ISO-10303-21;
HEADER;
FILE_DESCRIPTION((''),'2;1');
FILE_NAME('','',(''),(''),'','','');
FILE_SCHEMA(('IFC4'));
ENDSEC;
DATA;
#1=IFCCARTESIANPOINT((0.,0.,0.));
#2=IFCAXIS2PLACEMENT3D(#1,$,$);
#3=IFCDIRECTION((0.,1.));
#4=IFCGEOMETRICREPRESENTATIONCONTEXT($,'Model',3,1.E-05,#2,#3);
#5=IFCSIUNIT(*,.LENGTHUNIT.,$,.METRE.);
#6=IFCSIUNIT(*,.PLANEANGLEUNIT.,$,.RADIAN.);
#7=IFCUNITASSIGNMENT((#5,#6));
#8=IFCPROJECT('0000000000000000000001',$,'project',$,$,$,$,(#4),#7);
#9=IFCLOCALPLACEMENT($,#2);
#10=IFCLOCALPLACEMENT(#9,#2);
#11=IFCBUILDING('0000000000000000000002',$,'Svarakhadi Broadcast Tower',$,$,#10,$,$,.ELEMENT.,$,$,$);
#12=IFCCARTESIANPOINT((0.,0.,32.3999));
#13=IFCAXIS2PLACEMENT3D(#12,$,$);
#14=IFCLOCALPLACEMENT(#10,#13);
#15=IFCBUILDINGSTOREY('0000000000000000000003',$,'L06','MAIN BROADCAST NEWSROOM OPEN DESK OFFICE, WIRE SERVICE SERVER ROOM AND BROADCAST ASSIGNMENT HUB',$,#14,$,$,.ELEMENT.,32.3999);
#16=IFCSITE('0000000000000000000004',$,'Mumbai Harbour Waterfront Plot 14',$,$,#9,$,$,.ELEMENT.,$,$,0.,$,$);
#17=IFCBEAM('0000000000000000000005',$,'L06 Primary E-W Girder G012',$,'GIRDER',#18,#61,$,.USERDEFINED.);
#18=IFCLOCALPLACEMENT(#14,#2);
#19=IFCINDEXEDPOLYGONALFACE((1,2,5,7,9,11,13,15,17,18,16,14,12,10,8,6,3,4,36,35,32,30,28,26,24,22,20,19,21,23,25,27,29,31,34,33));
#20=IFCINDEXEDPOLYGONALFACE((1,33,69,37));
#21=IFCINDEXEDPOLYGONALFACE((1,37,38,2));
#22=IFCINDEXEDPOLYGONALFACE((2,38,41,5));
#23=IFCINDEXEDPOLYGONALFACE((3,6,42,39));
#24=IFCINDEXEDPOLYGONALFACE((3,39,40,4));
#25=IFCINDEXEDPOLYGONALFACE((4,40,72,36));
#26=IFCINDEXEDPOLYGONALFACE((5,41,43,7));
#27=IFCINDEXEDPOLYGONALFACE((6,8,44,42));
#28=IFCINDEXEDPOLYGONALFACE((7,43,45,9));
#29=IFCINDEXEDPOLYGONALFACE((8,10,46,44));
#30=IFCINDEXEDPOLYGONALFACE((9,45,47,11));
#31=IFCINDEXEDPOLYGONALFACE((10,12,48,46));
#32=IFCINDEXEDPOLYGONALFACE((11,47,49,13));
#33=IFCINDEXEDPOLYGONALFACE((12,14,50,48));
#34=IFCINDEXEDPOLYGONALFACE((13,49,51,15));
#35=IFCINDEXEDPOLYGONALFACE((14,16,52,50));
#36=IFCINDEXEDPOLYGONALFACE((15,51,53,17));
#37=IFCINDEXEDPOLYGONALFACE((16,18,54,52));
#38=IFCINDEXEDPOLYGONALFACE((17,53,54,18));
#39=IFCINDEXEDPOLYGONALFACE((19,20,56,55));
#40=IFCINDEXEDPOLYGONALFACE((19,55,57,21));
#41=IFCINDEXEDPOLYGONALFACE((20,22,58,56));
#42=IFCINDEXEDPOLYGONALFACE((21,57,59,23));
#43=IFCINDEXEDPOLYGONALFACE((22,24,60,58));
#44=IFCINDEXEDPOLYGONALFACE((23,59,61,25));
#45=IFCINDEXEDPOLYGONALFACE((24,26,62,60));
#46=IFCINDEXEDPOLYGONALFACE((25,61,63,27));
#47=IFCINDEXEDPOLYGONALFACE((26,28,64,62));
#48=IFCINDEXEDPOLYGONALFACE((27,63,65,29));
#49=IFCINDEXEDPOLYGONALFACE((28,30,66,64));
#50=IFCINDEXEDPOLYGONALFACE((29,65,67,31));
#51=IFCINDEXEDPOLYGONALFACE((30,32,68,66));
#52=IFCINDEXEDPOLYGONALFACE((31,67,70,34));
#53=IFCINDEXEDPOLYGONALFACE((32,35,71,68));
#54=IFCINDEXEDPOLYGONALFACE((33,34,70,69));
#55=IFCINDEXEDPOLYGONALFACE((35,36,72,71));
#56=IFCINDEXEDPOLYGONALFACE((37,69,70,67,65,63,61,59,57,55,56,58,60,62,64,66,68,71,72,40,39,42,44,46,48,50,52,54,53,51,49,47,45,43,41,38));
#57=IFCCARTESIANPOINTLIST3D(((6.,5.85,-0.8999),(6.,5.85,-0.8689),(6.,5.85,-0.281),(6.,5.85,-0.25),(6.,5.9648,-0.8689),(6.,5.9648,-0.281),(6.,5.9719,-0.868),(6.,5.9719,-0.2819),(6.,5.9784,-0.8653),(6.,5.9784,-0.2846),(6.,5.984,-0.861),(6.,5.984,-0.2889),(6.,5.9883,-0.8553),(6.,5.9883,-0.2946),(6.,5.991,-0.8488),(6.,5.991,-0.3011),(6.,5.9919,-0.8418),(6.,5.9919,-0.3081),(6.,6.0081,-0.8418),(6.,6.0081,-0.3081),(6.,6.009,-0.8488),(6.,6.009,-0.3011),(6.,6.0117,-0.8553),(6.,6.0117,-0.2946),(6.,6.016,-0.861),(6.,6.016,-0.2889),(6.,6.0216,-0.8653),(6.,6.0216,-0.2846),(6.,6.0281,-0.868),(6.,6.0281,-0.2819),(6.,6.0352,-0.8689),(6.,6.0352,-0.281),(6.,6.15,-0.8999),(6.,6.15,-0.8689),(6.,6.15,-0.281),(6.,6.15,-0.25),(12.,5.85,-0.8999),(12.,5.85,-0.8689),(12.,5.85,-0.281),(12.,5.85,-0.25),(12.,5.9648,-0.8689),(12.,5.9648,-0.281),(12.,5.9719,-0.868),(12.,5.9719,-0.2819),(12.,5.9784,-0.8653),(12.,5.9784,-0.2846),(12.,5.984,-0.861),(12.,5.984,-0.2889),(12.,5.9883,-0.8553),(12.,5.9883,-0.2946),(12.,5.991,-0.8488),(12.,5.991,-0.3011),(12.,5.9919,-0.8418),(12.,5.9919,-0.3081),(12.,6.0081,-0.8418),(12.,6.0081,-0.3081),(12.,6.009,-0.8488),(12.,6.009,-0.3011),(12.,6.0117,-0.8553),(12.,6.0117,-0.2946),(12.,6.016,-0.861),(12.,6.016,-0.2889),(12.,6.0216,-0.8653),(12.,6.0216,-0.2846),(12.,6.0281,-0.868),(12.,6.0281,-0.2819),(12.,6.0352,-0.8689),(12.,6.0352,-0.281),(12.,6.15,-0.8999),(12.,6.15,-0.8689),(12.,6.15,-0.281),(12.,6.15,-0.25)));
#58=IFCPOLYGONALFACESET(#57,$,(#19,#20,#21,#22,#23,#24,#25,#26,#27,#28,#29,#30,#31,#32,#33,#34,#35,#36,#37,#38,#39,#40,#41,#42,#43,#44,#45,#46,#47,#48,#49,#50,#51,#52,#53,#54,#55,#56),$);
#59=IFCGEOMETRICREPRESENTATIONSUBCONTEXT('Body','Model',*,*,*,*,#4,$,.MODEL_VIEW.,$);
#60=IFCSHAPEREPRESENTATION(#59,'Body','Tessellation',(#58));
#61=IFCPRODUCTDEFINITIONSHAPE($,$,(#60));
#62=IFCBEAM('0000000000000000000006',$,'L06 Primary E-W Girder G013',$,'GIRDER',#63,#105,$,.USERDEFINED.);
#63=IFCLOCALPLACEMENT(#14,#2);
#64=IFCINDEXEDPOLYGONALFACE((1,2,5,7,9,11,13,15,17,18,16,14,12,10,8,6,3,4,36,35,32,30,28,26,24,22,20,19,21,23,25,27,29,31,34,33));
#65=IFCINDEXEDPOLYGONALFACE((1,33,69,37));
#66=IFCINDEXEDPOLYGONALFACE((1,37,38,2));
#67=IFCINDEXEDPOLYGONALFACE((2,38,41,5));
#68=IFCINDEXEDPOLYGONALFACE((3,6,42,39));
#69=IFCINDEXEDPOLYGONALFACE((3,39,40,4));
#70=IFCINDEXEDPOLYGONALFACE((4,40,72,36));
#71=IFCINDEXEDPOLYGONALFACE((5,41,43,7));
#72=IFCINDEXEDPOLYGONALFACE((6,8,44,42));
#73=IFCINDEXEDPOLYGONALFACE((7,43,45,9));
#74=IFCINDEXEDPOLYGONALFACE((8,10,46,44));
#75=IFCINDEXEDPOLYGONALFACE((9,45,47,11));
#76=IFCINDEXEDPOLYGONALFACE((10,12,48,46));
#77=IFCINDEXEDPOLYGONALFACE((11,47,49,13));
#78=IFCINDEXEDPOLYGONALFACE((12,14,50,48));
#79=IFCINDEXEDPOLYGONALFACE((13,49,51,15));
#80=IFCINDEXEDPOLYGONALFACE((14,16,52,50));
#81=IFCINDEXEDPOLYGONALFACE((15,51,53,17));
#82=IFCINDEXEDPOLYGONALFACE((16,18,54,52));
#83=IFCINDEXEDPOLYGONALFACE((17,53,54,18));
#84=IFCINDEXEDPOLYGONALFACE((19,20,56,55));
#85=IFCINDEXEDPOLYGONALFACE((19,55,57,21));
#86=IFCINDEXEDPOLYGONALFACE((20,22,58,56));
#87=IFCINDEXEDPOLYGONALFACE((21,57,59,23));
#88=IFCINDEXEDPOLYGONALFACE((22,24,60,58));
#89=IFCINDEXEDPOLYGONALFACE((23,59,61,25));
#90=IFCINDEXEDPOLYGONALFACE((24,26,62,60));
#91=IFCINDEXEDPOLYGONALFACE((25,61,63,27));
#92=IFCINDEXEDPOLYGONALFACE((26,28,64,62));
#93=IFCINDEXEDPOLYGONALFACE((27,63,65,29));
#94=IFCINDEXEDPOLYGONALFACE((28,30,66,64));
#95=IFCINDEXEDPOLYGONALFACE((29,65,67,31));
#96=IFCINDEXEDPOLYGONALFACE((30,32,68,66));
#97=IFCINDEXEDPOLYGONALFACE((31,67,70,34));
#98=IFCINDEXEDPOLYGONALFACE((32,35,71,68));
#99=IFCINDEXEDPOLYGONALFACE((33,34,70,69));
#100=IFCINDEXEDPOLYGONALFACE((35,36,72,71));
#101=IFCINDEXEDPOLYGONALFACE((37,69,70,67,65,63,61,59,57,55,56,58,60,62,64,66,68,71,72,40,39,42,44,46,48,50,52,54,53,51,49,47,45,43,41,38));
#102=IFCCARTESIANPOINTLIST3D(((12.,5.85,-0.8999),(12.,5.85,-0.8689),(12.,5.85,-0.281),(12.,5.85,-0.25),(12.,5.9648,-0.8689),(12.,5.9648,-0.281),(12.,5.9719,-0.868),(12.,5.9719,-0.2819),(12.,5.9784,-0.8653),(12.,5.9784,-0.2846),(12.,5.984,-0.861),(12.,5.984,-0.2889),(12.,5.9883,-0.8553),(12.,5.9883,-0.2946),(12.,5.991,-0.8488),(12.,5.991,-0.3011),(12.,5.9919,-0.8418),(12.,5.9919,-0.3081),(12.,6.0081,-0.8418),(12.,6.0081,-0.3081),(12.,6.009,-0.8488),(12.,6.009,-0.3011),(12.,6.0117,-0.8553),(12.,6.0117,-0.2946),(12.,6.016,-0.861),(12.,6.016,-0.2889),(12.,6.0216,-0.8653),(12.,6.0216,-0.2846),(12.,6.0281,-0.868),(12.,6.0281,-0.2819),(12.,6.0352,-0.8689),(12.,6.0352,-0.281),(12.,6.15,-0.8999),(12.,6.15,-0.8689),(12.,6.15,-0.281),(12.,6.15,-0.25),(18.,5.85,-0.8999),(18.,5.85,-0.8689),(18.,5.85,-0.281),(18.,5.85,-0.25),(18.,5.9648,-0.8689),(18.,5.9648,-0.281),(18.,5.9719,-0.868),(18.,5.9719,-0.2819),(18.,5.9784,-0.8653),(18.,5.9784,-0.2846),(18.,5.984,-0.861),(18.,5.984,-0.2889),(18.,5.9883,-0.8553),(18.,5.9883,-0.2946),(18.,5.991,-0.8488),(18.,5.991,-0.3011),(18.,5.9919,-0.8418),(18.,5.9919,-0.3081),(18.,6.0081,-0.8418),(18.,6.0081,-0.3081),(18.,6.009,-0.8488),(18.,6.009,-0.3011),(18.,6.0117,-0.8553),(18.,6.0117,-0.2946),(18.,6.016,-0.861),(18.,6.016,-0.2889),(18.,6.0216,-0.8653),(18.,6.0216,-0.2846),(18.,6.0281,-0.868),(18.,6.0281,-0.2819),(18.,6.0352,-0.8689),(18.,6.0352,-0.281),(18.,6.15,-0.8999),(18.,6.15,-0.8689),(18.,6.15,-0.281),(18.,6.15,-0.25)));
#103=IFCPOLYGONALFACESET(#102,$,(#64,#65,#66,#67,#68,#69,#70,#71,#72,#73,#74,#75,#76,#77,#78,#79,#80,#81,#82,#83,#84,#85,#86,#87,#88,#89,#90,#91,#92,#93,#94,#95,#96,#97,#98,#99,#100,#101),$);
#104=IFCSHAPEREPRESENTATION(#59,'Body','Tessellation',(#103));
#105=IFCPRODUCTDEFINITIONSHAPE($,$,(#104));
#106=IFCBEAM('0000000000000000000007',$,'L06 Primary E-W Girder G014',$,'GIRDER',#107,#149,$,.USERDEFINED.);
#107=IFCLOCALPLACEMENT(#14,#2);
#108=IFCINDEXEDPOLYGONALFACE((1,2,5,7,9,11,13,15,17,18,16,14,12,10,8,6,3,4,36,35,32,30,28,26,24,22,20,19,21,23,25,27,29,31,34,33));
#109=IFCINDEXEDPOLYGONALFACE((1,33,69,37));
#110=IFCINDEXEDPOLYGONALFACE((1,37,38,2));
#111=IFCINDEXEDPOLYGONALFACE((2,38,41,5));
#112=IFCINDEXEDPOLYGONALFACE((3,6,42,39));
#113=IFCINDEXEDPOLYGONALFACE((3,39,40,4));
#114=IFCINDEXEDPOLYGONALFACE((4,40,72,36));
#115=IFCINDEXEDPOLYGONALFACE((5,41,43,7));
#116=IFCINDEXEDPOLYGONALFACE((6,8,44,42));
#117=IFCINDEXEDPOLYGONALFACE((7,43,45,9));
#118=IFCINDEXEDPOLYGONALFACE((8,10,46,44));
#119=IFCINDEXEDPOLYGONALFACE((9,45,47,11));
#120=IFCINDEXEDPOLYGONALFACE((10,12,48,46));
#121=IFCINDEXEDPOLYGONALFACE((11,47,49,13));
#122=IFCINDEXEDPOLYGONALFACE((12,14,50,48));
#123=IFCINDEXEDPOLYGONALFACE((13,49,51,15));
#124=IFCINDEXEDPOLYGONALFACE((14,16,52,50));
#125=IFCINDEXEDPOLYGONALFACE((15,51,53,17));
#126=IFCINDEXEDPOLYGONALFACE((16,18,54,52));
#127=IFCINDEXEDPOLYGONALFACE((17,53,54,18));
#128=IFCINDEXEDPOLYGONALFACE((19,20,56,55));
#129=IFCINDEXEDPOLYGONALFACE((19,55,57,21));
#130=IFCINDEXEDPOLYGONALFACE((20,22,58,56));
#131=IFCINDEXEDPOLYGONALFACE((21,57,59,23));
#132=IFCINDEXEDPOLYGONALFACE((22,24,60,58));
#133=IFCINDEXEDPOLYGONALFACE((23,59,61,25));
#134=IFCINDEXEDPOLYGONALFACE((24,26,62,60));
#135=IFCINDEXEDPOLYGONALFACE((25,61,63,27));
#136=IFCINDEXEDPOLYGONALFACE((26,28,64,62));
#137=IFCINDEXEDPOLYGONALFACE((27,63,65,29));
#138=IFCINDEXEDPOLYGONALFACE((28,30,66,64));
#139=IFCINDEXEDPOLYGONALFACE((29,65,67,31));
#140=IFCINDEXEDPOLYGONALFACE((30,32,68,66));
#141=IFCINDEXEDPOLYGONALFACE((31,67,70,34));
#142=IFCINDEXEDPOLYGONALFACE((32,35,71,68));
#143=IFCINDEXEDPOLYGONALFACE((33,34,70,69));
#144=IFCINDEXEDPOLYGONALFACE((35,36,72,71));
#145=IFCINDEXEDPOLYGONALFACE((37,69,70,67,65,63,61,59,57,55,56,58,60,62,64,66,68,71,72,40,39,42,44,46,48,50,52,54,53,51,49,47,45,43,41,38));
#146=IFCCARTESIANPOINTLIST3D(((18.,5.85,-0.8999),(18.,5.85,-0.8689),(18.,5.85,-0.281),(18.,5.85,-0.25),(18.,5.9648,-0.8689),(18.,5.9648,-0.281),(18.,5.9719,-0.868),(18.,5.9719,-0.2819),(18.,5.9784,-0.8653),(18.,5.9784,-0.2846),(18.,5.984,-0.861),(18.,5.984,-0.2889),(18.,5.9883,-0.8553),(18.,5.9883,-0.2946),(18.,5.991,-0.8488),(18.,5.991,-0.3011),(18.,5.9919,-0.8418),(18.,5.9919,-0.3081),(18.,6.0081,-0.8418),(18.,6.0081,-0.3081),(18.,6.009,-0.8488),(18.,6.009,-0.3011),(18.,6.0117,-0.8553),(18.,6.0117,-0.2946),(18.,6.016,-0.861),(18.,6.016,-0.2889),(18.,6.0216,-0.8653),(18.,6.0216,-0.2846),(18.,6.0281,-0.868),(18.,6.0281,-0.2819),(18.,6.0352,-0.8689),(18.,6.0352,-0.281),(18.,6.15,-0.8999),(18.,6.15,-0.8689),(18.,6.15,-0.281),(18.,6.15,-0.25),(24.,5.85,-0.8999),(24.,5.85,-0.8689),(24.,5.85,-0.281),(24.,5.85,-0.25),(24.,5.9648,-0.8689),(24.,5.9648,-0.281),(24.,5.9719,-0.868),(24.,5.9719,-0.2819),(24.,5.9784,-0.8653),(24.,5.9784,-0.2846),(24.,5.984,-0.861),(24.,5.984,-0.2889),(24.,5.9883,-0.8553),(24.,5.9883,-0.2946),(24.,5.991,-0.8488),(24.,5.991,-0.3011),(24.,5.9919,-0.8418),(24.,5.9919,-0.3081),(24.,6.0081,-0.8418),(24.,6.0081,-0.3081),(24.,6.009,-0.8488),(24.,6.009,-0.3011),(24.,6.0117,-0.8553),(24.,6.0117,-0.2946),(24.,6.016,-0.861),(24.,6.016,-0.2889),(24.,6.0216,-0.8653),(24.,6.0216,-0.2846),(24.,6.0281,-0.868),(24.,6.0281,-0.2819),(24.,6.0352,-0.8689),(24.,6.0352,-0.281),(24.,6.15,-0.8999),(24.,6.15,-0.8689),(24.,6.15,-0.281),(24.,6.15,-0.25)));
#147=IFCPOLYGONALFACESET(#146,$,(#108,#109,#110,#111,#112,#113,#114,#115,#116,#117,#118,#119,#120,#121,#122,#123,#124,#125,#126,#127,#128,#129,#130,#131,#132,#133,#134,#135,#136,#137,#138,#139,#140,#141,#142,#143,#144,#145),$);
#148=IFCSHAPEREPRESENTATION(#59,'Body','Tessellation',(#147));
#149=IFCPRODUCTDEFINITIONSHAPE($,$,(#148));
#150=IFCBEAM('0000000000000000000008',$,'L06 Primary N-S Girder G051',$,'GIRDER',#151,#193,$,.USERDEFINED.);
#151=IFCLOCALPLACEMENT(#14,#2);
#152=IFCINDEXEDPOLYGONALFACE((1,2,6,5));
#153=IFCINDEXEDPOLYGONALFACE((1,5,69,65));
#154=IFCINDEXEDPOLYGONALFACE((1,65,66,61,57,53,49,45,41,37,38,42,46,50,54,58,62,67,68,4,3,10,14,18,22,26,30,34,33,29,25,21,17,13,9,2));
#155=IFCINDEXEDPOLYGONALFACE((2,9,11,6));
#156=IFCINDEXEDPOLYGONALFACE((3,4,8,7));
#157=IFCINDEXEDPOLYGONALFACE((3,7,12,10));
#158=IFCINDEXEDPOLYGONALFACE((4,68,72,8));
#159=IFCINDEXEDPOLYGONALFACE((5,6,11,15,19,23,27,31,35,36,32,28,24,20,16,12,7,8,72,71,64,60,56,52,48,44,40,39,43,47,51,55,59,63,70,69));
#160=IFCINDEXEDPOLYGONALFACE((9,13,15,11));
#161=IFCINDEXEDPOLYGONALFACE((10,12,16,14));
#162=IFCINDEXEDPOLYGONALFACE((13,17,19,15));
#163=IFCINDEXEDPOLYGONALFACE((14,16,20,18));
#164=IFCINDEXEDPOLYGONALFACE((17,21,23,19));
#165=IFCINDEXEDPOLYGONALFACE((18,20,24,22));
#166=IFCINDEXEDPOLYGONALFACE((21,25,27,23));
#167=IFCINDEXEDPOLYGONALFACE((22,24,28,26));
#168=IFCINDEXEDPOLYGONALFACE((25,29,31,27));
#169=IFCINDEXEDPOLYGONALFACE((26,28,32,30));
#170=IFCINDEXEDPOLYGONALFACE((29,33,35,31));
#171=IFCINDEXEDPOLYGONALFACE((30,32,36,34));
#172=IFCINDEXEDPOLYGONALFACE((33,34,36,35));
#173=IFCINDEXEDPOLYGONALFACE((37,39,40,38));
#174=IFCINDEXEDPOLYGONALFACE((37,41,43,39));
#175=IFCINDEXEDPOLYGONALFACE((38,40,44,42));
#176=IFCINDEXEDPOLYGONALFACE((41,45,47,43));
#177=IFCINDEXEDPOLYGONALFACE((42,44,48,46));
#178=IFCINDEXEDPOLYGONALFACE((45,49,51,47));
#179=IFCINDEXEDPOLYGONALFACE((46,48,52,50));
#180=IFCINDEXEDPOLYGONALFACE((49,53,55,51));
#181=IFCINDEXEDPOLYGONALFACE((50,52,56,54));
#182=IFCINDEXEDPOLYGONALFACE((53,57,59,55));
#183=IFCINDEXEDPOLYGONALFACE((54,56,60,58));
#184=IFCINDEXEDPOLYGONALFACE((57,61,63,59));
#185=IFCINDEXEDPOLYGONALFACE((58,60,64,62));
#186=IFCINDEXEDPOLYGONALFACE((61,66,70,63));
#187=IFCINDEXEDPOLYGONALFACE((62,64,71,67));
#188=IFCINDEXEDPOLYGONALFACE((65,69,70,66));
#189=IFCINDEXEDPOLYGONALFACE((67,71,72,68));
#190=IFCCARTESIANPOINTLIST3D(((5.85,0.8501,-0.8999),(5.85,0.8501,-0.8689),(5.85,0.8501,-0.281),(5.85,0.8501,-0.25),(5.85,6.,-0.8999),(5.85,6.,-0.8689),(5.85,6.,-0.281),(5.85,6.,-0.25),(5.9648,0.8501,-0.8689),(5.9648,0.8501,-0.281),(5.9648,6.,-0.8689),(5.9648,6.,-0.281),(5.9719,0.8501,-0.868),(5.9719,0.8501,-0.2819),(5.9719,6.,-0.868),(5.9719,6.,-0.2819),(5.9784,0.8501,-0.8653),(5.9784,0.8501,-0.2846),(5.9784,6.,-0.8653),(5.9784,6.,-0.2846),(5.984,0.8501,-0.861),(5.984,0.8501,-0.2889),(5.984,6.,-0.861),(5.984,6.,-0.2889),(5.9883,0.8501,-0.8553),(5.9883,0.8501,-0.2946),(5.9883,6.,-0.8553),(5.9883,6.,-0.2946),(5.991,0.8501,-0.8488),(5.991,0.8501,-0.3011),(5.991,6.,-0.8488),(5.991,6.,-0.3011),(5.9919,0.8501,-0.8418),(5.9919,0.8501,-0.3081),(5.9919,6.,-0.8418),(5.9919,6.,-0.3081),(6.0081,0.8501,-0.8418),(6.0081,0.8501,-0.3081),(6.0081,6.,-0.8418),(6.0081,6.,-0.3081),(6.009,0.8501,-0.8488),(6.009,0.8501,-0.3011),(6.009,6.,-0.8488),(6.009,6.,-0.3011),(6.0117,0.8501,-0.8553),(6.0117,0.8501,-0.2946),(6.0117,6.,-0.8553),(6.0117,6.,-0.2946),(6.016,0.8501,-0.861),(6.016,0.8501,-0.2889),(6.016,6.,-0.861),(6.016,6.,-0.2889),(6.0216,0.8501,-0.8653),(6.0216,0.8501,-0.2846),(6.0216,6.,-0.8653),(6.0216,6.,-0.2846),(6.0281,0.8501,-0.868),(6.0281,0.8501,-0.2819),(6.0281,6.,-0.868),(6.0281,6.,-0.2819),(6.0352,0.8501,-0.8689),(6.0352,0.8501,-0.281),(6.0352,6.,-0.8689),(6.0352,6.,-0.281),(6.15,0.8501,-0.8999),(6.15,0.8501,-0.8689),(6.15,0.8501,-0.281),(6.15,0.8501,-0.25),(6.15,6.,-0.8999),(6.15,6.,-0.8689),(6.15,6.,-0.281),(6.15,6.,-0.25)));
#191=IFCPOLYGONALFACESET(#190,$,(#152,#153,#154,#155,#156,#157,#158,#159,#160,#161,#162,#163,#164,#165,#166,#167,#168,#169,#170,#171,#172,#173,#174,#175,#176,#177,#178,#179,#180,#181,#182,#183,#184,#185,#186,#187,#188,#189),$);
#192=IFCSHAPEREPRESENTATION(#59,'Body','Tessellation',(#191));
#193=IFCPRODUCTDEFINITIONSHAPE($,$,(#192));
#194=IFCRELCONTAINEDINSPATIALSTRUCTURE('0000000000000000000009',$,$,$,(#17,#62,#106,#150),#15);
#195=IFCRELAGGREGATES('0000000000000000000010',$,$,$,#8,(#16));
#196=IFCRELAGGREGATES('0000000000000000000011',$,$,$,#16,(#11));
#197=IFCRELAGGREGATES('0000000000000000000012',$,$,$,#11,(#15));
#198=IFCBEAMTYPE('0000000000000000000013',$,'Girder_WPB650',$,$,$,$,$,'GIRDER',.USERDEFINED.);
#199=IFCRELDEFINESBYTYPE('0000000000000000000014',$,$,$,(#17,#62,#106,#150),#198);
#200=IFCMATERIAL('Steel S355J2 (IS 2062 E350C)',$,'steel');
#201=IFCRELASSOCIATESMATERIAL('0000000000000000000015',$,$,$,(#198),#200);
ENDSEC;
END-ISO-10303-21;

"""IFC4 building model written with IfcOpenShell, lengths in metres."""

from ifc_helpers import new_model, si_unit, direction, frame, origin, origin_2d, place, context, subcontext, project, spatial, i_section, extrude, material, material_profile, profile_set, type_object, element, save


model = new_model("IFC4")

# Units and contexts
model_context = context("Model", 3, precision=1e-05, world=origin(), true_north=direction((0.0, 1.0)))
body_context = subcontext(model_context, "Body", "Model", "MODEL_VIEW")
ifc_project = project(units=[si_unit("LENGTHUNIT", "METRE"), si_unit("PLANEANGLEUNIT", "RADIAN")], contexts=[model_context])

# Site, building, storey
site_placement = place(None, origin())
site = spatial("IfcSite", under=ifc_project, at=site_placement, Name="Mumbai Harbour Waterfront Plot 14", CompositionType="ELEMENT", RefElevation=0.0)
building_placement = place(site_placement, origin())
building = spatial("IfcBuilding", under=site, at=building_placement, Name="Svarakhadi Broadcast Tower", CompositionType="ELEMENT")
storey_placement = place(building_placement, frame((0.0, 0.0, 32.3999)))
storey = spatial("IfcBuildingStorey", under=building, at=storey_placement, Name="L06", Description="MAIN BROADCAST NEWSROOM OPEN DESK OFFICE, WIRE SERVICE SERVER ROOM AND BROADCAST ASSIGNMENT HUB", CompositionType="ELEMENT", Elevation=32.3999)

# Shared definitions
ifc_material_1 = material(Name="Steel S355J2 (IS 2062 E350C)", Category="steel")

# Beams
ifc_material_profile_1 = material_profile(ifc_material_1, i_section(OverallWidth=0.3, OverallDepth=0.6499, WebThickness=0.0161, FlangeThickness=0.031, FilletRadius=0.0271, at=origin_2d()), Name="WPB 650x300x225")
ifc_profile_set_1 = profile_set([ifc_material_profile_1], Name="Steel S355J2 (IS 2062 E350C)")
beam_type_1 = type_object("IfcBeamType", Name="Girder_WPB650", ElementType="GIRDER", PredefinedType="USERDEFINED", material=ifc_profile_set_1)
for number, where, z_axis, x_axis, name in (
    (1, (6.0, 6.0, -0.575), (1.0, 0.0, 0.0), (0.0, 1.0, 0.0), "L06 Primary E-W Girder G012"),
    (2, (12.0, 6.0, -0.575), (1.0, 0.0, 0.0), (0.0, 1.0, 0.0), "L06 Primary E-W Girder G013"),
    (3, (18.0, 6.0, -0.575), (1.0, 0.0, 0.0), (0.0, 1.0, 0.0), "L06 Primary E-W Girder G014"),
):
    element("IfcBeam", number, at=place(storey_placement, frame(where, z_axis=z_axis, x_axis=x_axis)), inside=storey, type_object=beam_type_1, Name=name, ObjectType="GIRDER", PredefinedType="USERDEFINED", context=body_context, shape_type="SweptSolid", body=[
        extrude(i_section(OverallWidth=0.3, OverallDepth=0.6499, WebThickness=0.0161, FlangeThickness=0.031, FilletRadius=0.0271, at=origin_2d()), origin(), (0.0, 0.0, 1.0), 6.0),
    ])
beam_1_placement = place(storey_placement, frame((6.0, 0.8501, -0.575), z_axis=(0.0, 1.0, 0.0), x_axis=(-1.0, 0.0, 0.0)))
element("IfcBeam", 4, at=beam_1_placement, inside=storey, type_object=beam_type_1, Name="L06 Primary N-S Girder G051", ObjectType="GIRDER", PredefinedType="USERDEFINED", context=body_context, shape_type="SweptSolid", body=[
    extrude(i_section(OverallWidth=0.3, OverallDepth=0.6499, WebThickness=0.0161, FlangeThickness=0.031, FilletRadius=0.0271, at=origin_2d()), origin(), (0.0, 0.0, 1.0), 5.1499),
])

save(model, "model.ifc")
